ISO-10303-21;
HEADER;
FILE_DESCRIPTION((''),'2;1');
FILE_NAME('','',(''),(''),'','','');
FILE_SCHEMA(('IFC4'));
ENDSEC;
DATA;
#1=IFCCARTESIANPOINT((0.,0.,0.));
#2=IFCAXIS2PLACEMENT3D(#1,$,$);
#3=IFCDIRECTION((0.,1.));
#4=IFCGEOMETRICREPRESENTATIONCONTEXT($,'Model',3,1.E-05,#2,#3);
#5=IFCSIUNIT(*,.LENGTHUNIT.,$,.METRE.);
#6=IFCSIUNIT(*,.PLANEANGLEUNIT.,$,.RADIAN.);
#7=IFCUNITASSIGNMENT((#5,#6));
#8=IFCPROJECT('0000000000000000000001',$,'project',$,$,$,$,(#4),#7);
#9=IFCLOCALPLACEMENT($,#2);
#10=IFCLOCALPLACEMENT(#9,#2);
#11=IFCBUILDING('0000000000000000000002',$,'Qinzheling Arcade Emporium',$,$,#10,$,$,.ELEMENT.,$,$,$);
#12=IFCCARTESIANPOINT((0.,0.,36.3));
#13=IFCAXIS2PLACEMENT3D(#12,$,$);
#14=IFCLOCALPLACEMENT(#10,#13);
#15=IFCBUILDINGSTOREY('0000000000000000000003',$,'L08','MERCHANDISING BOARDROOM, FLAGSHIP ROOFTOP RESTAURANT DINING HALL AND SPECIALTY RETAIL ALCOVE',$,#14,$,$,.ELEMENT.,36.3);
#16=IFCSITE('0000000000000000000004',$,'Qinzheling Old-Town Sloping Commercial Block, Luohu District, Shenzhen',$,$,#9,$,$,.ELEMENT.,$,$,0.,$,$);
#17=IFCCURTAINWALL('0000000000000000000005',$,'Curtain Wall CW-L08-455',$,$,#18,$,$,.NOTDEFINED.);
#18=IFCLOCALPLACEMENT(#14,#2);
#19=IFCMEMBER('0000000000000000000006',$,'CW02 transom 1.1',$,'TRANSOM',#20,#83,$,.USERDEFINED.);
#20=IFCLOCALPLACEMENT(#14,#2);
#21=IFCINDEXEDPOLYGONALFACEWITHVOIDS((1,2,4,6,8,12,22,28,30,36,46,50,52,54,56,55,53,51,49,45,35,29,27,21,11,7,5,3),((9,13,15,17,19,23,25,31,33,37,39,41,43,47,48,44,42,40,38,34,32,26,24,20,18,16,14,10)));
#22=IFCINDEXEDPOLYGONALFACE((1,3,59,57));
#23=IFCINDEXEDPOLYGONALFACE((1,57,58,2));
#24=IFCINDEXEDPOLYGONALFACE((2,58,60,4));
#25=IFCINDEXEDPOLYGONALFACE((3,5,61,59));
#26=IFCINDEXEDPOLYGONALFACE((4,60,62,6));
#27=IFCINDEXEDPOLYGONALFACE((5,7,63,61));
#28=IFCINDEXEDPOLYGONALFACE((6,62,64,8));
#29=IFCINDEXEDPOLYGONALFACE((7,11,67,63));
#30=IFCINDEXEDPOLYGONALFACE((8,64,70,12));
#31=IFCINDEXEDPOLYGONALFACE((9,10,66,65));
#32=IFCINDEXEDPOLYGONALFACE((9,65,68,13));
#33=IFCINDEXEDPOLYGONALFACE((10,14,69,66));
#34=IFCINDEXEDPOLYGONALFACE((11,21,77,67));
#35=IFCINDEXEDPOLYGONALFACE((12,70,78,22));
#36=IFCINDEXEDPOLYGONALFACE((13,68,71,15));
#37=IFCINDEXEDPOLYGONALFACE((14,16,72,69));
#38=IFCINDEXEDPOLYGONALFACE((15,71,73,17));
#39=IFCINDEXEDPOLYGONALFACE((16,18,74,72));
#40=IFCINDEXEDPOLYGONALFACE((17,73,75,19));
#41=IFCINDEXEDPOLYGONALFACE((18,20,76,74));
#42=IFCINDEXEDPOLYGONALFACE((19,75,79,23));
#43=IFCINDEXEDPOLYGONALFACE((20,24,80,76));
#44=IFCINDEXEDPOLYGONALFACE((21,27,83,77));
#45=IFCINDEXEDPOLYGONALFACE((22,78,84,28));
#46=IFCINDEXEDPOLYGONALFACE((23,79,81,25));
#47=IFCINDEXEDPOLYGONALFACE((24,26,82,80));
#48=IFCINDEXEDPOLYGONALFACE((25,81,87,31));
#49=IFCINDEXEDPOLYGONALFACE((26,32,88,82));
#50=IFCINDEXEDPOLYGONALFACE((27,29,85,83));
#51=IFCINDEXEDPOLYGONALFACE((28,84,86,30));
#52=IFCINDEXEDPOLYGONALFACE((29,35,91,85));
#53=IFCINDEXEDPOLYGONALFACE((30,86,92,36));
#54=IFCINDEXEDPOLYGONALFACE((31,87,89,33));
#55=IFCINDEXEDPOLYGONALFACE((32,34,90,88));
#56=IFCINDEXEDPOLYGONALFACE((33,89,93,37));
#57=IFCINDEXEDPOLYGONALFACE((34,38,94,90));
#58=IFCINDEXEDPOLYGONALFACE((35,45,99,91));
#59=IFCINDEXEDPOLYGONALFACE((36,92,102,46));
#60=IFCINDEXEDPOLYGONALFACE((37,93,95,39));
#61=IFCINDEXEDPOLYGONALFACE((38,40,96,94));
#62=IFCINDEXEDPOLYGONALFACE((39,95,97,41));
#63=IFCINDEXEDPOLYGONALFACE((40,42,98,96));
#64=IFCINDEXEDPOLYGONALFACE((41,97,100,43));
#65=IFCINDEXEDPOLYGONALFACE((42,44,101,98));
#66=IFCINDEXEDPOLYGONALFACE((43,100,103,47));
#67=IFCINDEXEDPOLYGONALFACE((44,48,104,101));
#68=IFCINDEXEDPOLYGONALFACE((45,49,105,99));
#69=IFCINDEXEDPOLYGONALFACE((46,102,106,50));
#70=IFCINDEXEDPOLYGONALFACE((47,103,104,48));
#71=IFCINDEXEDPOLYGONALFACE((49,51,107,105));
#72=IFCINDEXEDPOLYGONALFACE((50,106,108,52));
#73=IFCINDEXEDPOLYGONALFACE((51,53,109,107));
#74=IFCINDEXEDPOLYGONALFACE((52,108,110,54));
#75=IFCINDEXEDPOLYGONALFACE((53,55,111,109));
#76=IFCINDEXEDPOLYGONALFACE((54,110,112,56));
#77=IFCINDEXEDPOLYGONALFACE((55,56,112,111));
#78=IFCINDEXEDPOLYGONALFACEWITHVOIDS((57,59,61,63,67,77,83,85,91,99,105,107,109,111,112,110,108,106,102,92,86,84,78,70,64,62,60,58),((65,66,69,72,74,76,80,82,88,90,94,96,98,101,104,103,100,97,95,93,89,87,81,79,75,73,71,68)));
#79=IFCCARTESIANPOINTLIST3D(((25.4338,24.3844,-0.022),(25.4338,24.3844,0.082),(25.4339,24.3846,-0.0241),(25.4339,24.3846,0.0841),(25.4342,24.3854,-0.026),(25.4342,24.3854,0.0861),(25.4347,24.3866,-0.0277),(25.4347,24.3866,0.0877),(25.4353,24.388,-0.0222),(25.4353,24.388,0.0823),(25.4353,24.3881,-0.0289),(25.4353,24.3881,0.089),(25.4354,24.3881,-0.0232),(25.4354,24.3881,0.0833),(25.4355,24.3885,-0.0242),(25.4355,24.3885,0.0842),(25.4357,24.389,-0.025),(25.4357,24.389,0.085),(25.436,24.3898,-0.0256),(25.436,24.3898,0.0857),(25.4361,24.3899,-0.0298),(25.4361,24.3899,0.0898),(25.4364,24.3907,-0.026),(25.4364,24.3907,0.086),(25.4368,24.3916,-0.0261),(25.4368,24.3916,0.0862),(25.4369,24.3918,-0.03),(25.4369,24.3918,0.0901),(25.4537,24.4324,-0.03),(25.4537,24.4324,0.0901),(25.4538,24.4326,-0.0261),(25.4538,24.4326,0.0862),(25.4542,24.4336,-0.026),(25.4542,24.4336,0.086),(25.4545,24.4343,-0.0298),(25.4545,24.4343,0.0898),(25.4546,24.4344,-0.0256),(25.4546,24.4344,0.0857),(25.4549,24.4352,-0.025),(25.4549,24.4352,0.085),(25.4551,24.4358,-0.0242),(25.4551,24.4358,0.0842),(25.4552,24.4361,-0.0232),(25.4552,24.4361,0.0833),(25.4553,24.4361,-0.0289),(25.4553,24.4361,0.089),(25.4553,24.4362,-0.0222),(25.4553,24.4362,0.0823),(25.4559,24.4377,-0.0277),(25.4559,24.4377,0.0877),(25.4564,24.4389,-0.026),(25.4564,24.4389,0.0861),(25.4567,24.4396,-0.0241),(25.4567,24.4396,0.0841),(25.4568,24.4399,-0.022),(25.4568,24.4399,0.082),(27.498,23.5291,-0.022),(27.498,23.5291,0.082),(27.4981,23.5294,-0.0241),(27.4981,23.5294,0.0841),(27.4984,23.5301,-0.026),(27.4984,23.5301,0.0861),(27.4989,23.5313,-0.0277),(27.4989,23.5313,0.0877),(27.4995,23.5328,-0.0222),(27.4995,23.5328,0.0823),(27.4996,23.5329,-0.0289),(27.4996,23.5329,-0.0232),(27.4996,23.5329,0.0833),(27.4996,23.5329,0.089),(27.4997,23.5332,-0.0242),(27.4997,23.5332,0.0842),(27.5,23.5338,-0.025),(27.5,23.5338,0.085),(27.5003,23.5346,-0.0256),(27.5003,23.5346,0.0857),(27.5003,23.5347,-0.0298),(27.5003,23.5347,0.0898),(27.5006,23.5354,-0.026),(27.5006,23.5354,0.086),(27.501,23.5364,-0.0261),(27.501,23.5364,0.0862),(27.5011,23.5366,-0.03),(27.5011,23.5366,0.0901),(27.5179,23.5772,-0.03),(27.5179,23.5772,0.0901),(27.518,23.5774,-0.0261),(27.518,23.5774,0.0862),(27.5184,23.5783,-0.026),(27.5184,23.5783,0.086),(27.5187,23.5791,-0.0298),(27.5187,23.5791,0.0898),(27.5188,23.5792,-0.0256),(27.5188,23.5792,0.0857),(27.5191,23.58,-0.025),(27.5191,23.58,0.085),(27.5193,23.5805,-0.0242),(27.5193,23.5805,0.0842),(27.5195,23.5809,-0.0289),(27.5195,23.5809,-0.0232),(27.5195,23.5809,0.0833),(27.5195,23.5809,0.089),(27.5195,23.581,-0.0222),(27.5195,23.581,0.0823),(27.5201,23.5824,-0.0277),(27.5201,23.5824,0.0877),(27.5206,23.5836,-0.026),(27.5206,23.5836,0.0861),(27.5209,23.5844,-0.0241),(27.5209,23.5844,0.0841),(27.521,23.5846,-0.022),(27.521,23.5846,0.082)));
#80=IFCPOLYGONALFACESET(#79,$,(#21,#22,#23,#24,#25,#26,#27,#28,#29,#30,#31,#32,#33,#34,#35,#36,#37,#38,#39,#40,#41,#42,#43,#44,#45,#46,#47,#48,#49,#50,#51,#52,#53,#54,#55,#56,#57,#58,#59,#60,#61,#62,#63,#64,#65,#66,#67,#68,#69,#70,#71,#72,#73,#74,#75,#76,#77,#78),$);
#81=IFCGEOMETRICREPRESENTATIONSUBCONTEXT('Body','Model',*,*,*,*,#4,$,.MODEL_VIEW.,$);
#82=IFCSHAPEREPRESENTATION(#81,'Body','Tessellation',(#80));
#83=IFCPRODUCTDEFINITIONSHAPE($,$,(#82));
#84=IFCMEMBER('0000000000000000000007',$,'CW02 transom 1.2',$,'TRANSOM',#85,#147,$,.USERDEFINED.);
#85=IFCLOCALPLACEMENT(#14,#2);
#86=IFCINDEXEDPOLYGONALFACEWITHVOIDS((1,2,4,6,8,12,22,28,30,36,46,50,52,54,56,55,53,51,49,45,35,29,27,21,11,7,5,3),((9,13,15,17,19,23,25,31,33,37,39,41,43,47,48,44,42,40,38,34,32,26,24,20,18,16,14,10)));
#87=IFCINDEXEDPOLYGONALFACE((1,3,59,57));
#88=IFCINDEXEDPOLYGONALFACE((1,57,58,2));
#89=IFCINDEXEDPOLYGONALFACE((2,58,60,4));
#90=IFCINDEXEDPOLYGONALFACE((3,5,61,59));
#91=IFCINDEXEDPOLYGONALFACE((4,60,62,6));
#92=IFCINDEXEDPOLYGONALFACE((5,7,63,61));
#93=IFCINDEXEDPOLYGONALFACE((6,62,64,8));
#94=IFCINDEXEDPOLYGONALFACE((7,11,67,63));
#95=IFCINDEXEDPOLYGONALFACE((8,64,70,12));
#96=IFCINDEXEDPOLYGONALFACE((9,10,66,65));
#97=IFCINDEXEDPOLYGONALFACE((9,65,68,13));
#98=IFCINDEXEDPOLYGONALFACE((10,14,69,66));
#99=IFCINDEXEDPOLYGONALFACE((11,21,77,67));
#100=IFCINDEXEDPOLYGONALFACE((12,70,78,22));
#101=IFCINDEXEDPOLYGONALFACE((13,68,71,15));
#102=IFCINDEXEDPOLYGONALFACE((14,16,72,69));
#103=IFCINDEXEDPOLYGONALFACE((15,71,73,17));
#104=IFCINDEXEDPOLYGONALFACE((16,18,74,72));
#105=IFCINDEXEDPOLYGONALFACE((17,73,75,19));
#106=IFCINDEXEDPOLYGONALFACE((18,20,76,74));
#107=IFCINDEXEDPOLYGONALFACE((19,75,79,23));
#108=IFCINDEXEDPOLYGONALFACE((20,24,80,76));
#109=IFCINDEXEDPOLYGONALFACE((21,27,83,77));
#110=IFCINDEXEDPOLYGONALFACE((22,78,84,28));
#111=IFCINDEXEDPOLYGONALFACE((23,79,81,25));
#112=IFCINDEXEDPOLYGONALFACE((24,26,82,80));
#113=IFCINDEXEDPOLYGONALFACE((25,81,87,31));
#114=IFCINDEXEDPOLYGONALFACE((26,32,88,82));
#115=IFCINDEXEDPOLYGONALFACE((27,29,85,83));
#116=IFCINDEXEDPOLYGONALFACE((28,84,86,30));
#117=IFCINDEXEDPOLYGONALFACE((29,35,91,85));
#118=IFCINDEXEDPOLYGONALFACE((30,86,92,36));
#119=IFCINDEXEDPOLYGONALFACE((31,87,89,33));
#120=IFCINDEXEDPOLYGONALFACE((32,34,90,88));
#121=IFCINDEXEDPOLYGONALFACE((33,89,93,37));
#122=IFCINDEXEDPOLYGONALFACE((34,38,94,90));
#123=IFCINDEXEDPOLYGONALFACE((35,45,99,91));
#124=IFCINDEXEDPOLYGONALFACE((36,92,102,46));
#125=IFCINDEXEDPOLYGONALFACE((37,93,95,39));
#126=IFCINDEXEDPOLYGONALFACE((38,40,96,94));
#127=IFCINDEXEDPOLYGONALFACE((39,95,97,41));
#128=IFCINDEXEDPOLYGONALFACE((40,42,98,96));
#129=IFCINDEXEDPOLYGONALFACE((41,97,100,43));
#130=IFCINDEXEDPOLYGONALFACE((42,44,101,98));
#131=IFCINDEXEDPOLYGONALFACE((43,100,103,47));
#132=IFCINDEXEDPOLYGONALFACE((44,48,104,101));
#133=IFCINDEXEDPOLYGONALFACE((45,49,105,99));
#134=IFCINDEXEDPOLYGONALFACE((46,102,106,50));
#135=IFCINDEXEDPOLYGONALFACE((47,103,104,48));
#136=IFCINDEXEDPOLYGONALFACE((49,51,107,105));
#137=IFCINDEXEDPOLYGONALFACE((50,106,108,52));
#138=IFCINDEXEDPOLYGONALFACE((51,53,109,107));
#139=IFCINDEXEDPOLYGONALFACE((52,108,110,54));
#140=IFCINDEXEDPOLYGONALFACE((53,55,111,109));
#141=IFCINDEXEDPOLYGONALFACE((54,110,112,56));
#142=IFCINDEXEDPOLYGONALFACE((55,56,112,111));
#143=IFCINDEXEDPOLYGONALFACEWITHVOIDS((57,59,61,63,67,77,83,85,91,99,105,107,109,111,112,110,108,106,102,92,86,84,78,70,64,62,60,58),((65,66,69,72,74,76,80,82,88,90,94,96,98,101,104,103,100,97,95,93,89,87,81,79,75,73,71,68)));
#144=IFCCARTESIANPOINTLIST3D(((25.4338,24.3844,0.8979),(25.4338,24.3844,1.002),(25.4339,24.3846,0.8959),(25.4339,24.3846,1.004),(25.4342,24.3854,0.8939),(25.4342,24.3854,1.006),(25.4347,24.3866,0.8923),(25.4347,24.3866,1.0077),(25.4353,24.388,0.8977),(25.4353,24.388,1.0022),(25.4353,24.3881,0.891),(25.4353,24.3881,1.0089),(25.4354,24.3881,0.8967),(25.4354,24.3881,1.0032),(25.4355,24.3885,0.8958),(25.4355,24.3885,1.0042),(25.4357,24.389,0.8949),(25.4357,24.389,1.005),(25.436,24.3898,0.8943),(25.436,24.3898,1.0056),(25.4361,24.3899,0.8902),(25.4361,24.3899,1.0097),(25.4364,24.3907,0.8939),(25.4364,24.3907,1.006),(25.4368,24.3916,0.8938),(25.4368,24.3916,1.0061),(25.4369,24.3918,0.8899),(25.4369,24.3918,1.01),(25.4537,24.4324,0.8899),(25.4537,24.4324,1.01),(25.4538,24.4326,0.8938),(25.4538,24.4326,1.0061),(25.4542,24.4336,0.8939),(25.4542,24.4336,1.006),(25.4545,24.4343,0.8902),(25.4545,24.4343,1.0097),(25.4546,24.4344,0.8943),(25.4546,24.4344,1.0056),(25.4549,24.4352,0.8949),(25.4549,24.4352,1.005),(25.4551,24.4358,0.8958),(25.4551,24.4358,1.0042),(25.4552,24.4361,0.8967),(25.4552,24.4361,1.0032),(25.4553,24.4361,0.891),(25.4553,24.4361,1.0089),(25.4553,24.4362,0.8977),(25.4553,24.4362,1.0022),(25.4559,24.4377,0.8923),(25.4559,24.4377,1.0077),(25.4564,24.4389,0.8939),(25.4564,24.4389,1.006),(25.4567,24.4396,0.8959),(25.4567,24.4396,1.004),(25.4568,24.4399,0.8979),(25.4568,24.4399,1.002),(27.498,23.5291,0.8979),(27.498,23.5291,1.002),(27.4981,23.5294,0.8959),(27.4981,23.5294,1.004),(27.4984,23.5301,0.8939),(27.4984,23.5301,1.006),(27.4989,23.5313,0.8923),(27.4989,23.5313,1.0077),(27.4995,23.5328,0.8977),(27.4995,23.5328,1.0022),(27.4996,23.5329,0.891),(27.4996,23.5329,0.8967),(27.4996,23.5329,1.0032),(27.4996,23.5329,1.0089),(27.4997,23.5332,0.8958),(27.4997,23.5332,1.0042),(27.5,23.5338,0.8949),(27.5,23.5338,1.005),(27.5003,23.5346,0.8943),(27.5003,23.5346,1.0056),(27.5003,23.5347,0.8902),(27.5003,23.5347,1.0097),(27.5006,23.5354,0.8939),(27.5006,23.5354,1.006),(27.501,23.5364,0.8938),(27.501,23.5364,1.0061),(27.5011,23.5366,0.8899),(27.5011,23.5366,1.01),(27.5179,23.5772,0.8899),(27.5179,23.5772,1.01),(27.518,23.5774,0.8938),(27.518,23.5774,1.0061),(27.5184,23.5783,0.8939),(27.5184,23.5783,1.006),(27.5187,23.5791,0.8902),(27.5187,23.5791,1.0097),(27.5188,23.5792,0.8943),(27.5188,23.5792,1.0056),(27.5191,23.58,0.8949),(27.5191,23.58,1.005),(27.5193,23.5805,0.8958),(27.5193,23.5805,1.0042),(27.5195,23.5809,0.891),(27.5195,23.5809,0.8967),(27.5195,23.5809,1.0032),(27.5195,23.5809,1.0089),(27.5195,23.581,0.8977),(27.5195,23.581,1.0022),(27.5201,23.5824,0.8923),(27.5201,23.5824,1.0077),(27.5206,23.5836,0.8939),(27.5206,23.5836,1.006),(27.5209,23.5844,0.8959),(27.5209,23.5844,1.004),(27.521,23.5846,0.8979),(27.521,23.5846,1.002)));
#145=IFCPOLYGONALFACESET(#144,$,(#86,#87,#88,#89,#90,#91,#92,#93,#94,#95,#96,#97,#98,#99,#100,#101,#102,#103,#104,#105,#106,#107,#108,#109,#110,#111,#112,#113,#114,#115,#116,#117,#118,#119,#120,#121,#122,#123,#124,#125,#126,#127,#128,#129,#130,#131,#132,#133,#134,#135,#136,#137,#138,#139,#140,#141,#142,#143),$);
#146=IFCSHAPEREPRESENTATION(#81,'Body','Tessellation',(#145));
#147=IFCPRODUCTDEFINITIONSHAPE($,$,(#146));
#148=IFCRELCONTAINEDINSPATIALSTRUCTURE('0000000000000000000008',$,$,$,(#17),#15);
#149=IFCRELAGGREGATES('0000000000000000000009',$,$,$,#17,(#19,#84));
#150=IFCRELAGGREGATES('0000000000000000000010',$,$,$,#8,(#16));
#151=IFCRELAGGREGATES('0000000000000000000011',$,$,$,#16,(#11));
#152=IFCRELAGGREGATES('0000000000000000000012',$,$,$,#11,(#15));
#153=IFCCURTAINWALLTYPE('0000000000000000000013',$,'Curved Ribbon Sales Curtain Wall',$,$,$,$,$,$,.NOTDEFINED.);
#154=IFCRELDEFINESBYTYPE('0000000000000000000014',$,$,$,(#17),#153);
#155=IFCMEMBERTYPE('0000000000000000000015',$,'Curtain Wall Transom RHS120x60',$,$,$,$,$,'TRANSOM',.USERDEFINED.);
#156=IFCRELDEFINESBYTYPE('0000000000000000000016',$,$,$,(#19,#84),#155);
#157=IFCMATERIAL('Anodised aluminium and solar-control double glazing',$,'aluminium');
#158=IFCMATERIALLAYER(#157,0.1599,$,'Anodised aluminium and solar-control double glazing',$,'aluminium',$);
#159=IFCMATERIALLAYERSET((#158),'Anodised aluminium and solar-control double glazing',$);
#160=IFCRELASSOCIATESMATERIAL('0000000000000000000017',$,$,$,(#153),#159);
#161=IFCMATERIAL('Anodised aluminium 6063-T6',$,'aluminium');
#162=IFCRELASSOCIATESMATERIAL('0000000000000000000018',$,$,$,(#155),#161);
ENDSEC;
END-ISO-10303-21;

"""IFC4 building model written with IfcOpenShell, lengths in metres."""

from ifc_helpers import new_model, si_unit, direction, frame, origin, origin_2d, place, context, subcontext, project, spatial, hollow_rectangle, extrude, material, layer, layer_set, material_profile, profile_set, type_object, element, aggregate, save


model = new_model("IFC4")

# Units and contexts
model_context = context("Model", 3, precision=1e-05, world=origin(), true_north=direction((0.0, 1.0)))
body_context = subcontext(model_context, "Body", "Model", "MODEL_VIEW")
ifc_project = project(units=[si_unit("LENGTHUNIT", "METRE"), si_unit("PLANEANGLEUNIT", "RADIAN")], contexts=[model_context])

# Site, building, storey
site_placement = place(None, origin())
site = spatial("IfcSite", under=ifc_project, at=site_placement, Name="Qinzheling Old-Town Sloping Commercial Block, Luohu District, Shenzhen", CompositionType="ELEMENT", RefElevation=0.0)
building_placement = place(site_placement, origin())
building = spatial("IfcBuilding", under=site, at=building_placement, Name="Qinzheling Arcade Emporium", CompositionType="ELEMENT")
storey_placement = place(building_placement, frame((0.0, 0.0, 36.3)))
storey = spatial("IfcBuildingStorey", under=building, at=storey_placement, Name="L08", Description="MERCHANDISING BOARDROOM, FLAGSHIP ROOFTOP RESTAURANT DINING HALL AND SPECIALTY RETAIL ALCOVE", CompositionType="ELEMENT", Elevation=36.3)

# Shared definitions
ifc_material_1 = material(Name="Anodised aluminium and solar-control double glazing", Category="aluminium")
ifc_layer_1 = layer(ifc_material_1, 0.1599, Name="Anodised aluminium and solar-control double glazing", Category="aluminium")
ifc_layer_set_1 = layer_set([ifc_layer_1], Name="Anodised aluminium and solar-control double glazing")
curtain_wall_type = type_object("IfcCurtainWallType", Name="Curved Ribbon Sales Curtain Wall", PredefinedType="NOTDEFINED", material=ifc_layer_set_1)
ifc_material_2 = material(Name="Anodised aluminium 6063-T6", Category="aluminium")

# Curtain wall
curtain_wall_1_placement = place(storey_placement, origin())
curtain_wall_1 = element("IfcCurtainWall", 1, at=curtain_wall_1_placement, inside=storey, type_object=curtain_wall_type, Name="Curtain Wall CW-L08-455", PredefinedType="NOTDEFINED")

# Members
ifc_material_profile_1 = material_profile(ifc_material_2, hollow_rectangle(XDim=0.0601, YDim=0.1201, WallThickness=0.0039, InnerFilletRadius=0.0039, OuterFilletRadius=0.0081, at=origin_2d()), Name="RHS 120x60x4", Category="aluminium")
ifc_profile_set_1 = profile_set([ifc_material_profile_1], Name="Anodised aluminium 6063-T6")
member_type_1 = type_object("IfcMemberType", Name="Curtain Wall Transom RHS120x60", ElementType="TRANSOM", PredefinedType="USERDEFINED", material=ifc_profile_set_1)
member_1_placement = place(storey_placement, frame((27.5095, 23.5569, 0.03), z_axis=(-0.923848, 0.38276, 0.0), x_axis=(-0.38276, -0.923848, 0.0)))
member_1 = element("IfcMember", 2, at=member_1_placement, type_object=member_type_1, Name="CW02 transom 1.1", ObjectType="TRANSOM", PredefinedType="USERDEFINED", context=body_context, shape_type="SweptSolid", body=[
    extrude(hollow_rectangle(XDim=0.0601, YDim=0.1201, WallThickness=0.0039, InnerFilletRadius=0.0039, OuterFilletRadius=0.0081, at=origin_2d()), origin(), (0.0, 0.0, 1.0), 2.2344),
])
member_2_placement = place(storey_placement, frame((27.5095, 23.5569, 0.95), z_axis=(-0.923848, 0.38276, 0.0), x_axis=(-0.38276, -0.923848, 0.0)))
member_2 = element("IfcMember", 3, at=member_2_placement, type_object=member_type_1, Name="CW02 transom 1.2", ObjectType="TRANSOM", PredefinedType="USERDEFINED", context=body_context, shape_type="SweptSolid", body=[
    extrude(hollow_rectangle(XDim=0.0601, YDim=0.1201, WallThickness=0.0039, InnerFilletRadius=0.0039, OuterFilletRadius=0.0081, at=origin_2d()), origin(), (0.0, 0.0, 1.0), 2.2344),
])

aggregate(curtain_wall_1, [member_1, member_2])

save(model, "model.ifc")
